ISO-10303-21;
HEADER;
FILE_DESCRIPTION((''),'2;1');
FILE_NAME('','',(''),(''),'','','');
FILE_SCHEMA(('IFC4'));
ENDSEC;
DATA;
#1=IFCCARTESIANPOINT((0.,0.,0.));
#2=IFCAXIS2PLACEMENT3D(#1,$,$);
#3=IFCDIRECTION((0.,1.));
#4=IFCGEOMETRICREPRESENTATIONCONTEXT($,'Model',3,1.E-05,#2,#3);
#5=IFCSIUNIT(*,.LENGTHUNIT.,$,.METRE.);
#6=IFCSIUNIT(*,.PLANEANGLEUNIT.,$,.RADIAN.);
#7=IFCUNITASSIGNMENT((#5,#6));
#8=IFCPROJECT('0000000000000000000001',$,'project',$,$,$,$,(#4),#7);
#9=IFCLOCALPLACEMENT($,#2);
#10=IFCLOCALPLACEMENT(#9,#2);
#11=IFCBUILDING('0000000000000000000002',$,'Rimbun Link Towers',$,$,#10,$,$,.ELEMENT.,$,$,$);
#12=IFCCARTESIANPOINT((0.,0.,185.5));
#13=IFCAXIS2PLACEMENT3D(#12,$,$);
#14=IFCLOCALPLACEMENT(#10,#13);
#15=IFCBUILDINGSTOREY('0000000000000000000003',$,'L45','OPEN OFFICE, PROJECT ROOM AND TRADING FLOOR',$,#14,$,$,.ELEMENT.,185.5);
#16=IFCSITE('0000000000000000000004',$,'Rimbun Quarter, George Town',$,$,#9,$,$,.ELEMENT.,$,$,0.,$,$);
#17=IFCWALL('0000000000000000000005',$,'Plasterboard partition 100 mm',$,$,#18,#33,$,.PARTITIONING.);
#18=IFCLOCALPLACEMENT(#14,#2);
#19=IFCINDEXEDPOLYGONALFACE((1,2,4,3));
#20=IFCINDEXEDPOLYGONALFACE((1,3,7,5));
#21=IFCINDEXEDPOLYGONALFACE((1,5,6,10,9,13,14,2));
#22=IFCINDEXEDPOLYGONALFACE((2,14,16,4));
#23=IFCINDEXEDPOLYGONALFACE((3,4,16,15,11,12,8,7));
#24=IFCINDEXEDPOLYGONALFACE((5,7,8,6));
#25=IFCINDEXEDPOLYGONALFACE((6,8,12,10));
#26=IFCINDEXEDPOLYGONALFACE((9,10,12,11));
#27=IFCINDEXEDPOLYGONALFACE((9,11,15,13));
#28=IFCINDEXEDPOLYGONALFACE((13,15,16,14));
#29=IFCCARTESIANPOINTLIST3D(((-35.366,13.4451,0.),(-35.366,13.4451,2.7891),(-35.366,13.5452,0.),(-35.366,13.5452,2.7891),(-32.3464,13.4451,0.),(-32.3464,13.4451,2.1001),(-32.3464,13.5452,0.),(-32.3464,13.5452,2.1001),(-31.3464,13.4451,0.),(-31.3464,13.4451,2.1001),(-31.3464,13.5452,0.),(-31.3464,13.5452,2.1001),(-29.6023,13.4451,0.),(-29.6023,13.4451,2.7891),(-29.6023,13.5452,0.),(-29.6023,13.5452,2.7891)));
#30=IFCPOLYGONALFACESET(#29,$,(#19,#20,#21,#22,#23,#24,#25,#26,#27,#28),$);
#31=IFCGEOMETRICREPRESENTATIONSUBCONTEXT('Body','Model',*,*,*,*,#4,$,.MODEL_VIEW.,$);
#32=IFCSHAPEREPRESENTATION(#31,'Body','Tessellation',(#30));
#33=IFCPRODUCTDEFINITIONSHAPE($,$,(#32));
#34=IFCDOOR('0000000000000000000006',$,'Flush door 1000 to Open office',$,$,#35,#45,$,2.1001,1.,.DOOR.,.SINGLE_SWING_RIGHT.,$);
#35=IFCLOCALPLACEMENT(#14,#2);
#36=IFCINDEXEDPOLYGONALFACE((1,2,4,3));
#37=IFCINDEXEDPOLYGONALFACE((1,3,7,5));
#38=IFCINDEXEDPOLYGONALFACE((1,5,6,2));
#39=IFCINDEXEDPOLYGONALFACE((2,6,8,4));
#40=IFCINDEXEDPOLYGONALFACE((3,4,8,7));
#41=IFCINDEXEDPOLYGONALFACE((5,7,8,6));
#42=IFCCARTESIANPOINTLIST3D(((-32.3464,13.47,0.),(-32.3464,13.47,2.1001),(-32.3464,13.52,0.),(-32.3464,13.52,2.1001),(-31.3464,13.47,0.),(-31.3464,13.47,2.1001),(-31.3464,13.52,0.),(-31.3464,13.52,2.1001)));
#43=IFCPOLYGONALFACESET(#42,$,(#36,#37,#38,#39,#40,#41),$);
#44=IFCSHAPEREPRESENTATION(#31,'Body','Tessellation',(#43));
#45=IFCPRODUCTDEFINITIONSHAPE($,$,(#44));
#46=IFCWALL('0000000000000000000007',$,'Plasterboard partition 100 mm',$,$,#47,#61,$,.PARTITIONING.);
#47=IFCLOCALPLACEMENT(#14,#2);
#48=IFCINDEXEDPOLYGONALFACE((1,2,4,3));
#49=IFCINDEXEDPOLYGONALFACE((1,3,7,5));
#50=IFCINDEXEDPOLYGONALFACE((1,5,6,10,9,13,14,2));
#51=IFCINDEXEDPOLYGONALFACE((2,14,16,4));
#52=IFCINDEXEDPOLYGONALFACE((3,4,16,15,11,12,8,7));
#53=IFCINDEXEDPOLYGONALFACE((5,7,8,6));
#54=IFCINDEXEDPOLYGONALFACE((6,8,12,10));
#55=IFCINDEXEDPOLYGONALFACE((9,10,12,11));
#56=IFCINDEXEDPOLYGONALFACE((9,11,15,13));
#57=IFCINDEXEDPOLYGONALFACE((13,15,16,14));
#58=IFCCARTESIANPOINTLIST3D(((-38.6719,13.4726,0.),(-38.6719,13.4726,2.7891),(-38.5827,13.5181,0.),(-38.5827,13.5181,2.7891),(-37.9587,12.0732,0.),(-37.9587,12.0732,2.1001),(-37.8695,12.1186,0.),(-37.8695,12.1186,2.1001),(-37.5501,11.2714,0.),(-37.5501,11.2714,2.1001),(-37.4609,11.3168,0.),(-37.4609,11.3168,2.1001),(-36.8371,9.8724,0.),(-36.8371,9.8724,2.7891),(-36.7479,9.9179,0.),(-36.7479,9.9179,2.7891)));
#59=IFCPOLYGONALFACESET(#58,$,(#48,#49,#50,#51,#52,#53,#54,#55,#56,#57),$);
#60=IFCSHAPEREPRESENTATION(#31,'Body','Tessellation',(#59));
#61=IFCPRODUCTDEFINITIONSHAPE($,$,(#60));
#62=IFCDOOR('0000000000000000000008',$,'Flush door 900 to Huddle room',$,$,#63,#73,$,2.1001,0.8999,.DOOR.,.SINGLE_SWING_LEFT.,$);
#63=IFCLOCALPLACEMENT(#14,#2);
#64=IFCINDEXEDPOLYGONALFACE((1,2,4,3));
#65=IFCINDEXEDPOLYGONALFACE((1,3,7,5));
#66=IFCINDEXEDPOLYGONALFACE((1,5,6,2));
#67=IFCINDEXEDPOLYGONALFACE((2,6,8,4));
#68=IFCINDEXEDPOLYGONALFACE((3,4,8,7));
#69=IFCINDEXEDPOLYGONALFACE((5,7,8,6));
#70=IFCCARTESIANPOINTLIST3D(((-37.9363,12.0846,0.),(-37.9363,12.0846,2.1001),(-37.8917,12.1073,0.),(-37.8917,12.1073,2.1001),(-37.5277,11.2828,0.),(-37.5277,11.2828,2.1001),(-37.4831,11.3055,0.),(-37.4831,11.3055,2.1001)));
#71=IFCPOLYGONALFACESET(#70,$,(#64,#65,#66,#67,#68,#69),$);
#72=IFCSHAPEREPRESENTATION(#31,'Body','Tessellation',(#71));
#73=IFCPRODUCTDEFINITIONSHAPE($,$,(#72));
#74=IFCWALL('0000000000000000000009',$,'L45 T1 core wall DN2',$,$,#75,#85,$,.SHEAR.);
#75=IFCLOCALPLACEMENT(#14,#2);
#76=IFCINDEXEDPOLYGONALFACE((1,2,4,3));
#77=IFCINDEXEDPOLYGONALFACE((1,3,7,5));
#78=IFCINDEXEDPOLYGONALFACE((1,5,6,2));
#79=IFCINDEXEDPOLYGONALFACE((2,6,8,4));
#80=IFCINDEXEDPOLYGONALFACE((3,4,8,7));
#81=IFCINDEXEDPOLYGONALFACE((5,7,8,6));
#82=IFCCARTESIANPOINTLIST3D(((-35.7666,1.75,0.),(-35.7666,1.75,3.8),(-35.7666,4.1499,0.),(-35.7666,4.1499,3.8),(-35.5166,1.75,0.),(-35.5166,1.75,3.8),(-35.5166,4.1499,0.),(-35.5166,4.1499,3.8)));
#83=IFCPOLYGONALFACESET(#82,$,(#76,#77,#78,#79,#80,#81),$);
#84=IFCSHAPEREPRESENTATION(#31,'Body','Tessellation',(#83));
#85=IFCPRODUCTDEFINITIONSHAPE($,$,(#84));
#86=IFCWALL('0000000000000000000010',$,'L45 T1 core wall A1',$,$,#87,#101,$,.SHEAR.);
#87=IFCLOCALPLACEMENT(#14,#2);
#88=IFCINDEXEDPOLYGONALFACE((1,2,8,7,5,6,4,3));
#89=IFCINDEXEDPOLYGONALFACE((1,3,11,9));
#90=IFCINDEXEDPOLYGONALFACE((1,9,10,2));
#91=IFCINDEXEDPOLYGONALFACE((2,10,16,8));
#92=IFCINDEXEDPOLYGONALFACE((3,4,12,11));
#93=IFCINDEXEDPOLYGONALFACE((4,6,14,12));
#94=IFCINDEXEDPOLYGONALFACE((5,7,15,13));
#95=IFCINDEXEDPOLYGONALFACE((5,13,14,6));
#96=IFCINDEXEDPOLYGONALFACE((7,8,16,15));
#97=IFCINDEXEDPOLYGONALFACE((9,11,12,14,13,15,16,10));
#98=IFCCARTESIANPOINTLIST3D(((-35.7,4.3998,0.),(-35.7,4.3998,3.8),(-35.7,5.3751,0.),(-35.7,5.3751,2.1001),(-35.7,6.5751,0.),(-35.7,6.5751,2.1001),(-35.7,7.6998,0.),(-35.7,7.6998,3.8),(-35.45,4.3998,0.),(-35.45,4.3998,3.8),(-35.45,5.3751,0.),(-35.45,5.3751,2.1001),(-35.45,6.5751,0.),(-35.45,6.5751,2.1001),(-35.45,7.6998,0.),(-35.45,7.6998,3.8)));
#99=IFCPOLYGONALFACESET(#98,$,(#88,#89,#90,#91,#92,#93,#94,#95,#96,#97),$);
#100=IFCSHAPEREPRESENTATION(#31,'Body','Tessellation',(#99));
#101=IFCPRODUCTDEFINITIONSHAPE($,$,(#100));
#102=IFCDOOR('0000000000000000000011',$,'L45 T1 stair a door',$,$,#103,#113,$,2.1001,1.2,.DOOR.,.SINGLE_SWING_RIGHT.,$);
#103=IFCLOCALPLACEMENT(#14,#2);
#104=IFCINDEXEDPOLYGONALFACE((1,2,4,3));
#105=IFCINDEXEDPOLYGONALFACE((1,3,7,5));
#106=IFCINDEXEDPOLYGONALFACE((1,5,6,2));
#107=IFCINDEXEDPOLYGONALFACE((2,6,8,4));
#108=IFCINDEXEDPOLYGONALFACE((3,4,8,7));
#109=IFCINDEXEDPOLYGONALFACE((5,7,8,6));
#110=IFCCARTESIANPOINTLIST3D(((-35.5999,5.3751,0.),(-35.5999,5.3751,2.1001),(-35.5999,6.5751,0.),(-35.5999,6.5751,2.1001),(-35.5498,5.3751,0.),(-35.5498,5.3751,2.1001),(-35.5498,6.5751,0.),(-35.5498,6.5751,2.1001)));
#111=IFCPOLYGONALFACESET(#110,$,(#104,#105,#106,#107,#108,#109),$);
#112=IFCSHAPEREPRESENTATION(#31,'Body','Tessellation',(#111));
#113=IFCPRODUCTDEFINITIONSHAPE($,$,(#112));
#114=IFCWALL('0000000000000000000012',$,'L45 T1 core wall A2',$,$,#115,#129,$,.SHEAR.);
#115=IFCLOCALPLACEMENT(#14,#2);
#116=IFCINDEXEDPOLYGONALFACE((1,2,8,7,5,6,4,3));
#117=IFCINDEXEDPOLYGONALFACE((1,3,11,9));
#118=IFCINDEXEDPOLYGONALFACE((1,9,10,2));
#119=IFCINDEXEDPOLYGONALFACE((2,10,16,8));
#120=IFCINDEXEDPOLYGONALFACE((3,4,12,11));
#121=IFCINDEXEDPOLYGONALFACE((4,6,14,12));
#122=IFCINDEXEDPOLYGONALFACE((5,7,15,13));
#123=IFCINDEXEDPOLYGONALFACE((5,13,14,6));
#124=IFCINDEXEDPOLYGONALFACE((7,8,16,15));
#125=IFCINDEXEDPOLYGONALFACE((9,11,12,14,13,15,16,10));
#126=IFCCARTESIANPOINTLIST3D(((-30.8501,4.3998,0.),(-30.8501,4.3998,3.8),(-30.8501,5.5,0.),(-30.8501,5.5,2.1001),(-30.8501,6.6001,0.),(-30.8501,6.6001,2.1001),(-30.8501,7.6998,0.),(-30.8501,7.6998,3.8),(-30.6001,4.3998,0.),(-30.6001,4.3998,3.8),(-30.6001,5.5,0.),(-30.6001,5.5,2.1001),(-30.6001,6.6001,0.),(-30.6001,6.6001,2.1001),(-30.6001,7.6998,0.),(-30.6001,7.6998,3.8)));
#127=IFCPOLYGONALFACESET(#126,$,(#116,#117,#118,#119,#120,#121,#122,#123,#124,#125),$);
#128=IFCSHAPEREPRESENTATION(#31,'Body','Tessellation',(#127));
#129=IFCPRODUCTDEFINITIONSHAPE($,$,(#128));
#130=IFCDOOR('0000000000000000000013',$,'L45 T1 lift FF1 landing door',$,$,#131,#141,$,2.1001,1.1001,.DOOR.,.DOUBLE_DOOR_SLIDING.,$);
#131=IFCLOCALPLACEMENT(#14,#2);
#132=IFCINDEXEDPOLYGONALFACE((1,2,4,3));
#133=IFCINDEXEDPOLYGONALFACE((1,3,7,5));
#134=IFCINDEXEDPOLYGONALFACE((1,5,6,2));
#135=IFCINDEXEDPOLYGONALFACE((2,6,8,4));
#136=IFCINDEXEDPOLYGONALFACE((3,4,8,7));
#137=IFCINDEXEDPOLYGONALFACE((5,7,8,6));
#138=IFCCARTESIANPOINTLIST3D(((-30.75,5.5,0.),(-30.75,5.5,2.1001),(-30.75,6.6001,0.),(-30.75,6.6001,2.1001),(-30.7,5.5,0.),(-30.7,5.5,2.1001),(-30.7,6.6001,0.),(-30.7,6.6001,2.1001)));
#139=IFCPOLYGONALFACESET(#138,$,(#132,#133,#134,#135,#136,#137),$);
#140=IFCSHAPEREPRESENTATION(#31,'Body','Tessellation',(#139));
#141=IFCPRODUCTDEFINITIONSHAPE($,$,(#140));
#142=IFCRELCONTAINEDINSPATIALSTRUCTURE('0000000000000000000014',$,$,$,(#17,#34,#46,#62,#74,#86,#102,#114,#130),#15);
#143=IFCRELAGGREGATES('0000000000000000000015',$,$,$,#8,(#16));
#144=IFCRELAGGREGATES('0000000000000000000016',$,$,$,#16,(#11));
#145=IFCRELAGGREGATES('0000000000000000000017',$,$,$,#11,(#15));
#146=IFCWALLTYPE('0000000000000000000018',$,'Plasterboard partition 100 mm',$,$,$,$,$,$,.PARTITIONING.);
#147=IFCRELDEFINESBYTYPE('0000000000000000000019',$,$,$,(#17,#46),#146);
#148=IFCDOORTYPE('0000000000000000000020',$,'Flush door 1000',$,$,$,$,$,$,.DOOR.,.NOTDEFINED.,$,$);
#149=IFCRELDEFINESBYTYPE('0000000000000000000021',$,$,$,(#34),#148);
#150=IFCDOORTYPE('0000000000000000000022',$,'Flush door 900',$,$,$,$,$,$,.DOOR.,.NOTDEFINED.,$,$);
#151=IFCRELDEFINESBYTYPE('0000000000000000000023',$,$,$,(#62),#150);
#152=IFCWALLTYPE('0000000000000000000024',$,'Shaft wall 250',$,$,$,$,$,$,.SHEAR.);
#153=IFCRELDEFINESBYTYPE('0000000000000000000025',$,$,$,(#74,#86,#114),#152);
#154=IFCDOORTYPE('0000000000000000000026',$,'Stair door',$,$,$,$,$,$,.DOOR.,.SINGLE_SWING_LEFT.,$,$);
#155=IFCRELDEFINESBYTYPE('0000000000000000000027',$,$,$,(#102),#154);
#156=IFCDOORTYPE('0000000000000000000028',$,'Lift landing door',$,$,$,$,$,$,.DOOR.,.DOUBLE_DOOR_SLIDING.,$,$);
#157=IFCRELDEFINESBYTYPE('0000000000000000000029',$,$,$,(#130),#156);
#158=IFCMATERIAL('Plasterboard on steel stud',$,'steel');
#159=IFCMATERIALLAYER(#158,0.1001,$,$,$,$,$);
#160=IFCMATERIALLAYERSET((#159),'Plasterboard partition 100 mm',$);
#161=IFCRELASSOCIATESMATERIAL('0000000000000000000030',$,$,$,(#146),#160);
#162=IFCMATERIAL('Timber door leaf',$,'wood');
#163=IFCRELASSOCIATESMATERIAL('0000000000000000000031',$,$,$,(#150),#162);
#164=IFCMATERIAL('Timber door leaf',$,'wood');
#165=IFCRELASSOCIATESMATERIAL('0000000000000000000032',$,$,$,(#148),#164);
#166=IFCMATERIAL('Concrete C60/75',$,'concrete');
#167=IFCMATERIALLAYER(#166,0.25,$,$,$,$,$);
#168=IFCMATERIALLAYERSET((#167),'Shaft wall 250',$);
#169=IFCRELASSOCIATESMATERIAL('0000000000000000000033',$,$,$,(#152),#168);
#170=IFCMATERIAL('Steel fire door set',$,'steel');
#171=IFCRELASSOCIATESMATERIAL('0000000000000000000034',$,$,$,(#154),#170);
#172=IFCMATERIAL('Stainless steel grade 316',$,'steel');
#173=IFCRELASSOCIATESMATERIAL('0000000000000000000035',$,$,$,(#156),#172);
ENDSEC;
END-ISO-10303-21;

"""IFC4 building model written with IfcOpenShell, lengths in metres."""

from ifc_helpers import new_model, si_unit, direction, frame, frame_2d, origin, place, context, subcontext, project, spatial, rectangle, extrude, material, layer, layer_set, type_object, element, fill, save


model = new_model("IFC4")

# Units and contexts
model_context = context("Model", 3, precision=1e-05, world=origin(), true_north=direction((0.0, 1.0)))
body_context = subcontext(model_context, "Body", "Model", "MODEL_VIEW")
ifc_project = project(units=[si_unit("LENGTHUNIT", "METRE"), si_unit("PLANEANGLEUNIT", "RADIAN")], contexts=[model_context])

# Site, building, storey
site_placement = place(None, origin())
site = spatial("IfcSite", under=ifc_project, at=site_placement, Name="Rimbun Quarter, George Town", CompositionType="ELEMENT", RefElevation=0.0)
building_placement = place(site_placement, origin())
building = spatial("IfcBuilding", under=site, at=building_placement, Name="Rimbun Link Towers", CompositionType="ELEMENT")
storey_placement = place(building_placement, frame((0.0, 0.0, 185.5)))
storey = spatial("IfcBuildingStorey", under=building, at=storey_placement, Name="L45", Description="OPEN OFFICE, PROJECT ROOM AND TRADING FLOOR", CompositionType="ELEMENT", Elevation=185.5)

# Walls, openings, doors
ifc_material_1 = material(Name="Plasterboard on steel stud", Category="steel")
ifc_layer_1 = layer(ifc_material_1, 0.1001)
ifc_layer_set_1 = layer_set([ifc_layer_1], Name="Plasterboard partition 100 mm")
wall_type_1 = type_object("IfcWallType", Name="Plasterboard partition 100 mm", PredefinedType="PARTITIONING", material=ifc_layer_set_1)
ifc_material_2 = material(Name="Timber door leaf", Category="wood")
door_type_1 = type_object("IfcDoorType", Name="Flush door 900", OperationType="NOTDEFINED", PredefinedType="DOOR", material=ifc_material_2)
wall_1_placement = place(storey_placement, frame((-35.366, 13.4951, 0.0), z_axis=(0.0, 0.0, 1.0), x_axis=(1.0, 0.0, 0.0)))
wall_1 = element("IfcWall", 1, at=wall_1_placement, inside=storey, type_object=wall_type_1, Name="Plasterboard partition 100 mm", PredefinedType="PARTITIONING", context=body_context, shape_type="SweptSolid", body=[
    extrude(rectangle(XDim=5.7637, YDim=0.1001, at=frame_2d((2.8818, 0.0))), origin(), (0.0, 0.0, 1.0), 2.7891),
])
opening_1_placement = place(wall_1_placement, frame((3.0195, 0.0, 0.0)))
opening_1 = element("IfcOpeningElement", 2, at=opening_1_placement, cuts=wall_1, PredefinedType="OPENING", context=body_context, shape_type="SweptSolid", body=[
    extrude(rectangle(XDim=1.0, YDim=2.1001, at=frame_2d((0.5, 1.05))), frame((0.0, 0.0601, 0.0), z_axis=(0.0, -1.0, 0.0), x_axis=(1.0, 0.0, 0.0)), (0.0, 0.0, 1.0), 0.1201),
])
ifc_material_3 = material(Name="Timber door leaf", Category="wood")
door_type_2 = type_object("IfcDoorType", Name="Flush door 1000", OperationType="NOTDEFINED", PredefinedType="DOOR", material=ifc_material_3)
door_1_placement = place(opening_1_placement, origin())
door_1 = element("IfcDoor", 3, at=door_1_placement, inside=storey, type_object=door_type_2, Name="Flush door 1000 to Open office", OperationType="SINGLE_SWING_RIGHT", OverallHeight=2.1001, OverallWidth=1.0, PredefinedType="DOOR", context=body_context, shape_type="SweptSolid", body=[
    extrude(rectangle(XDim=1.0, YDim=2.1001, at=frame_2d((0.5, 1.05))), frame((0.0, 0.0249, 0.0), z_axis=(0.0, -1.0, 0.0), x_axis=(1.0, 0.0, 0.0)), (0.0, 0.0, 1.0), 0.05),
])
fill(opening_1, door_1)
wall_2_placement = place(storey_placement, frame((-36.7925, 9.895, 0.0), z_axis=(0.0, 0.0, 1.0), x_axis=(-0.454064, 0.890969, 0.0)))
wall_2 = element("IfcWall", 4, at=wall_2_placement, inside=storey, type_object=wall_type_1, Name="Plasterboard partition 100 mm", PredefinedType="PARTITIONING", context=body_context, shape_type="SweptSolid", body=[
    extrude(rectangle(XDim=4.0408, YDim=0.1001, at=frame_2d((2.0205, 0.0))), origin(), (0.0, 0.0, 1.0), 2.7891),
])
opening_2_placement = place(wall_2_placement, frame((1.5703, 0.0, 0.0)))
opening_2 = element("IfcOpeningElement", 5, at=opening_2_placement, cuts=wall_2, PredefinedType="OPENING", context=body_context, shape_type="SweptSolid", body=[
    extrude(rectangle(XDim=0.8999, YDim=2.1001, at=frame_2d((0.45, 1.05))), frame((0.0, 0.0601, 0.0), z_axis=(0.0, -1.0, 0.0), x_axis=(1.0, 0.0, 0.0)), (0.0, 0.0, 1.0), 0.1201),
])
door_2_placement = place(opening_2_placement, origin())
door_2 = element("IfcDoor", 6, at=door_2_placement, inside=storey, type_object=door_type_1, Name="Flush door 900 to Huddle room", OperationType="SINGLE_SWING_LEFT", OverallHeight=2.1001, OverallWidth=0.8999, PredefinedType="DOOR", context=body_context, shape_type="SweptSolid", body=[
    extrude(rectangle(XDim=0.8999, YDim=2.1001, at=frame_2d((0.45, 1.05))), frame((0.0, 0.0249, 0.0), z_axis=(0.0, -1.0, 0.0), x_axis=(1.0, 0.0, 0.0)), (0.0, 0.0, 1.0), 0.05),
])
fill(opening_2, door_2)

# Wall
ifc_material_4 = material(Name="Concrete C60/75", Category="concrete")
ifc_layer_2 = layer(ifc_material_4, 0.25)
ifc_layer_set_2 = layer_set([ifc_layer_2], Name="Shaft wall 250")
wall_type_2 = type_object("IfcWallType", Name="Shaft wall 250", PredefinedType="SHEAR", material=ifc_layer_set_2)
wall_3_placement = place(storey_placement, frame((-35.6416, 1.75, 0.0), z_axis=(0.0, 0.0, 1.0), x_axis=(0.0, 1.0, 0.0)))
element("IfcWall", 7, at=wall_3_placement, inside=storey, type_object=wall_type_2, Name="L45 T1 core wall DN2", PredefinedType="SHEAR", context=body_context, shape_type="SweptSolid", body=[
    extrude(rectangle(XDim=2.3999, YDim=0.25, at=frame_2d((1.2, 0.0))), origin(), (0.0, 0.0, 1.0), 3.8),
])

# Walls, openings, doors
wall_4_placement = place(storey_placement, frame((-35.575, 4.3999, 0.0), z_axis=(0.0, 0.0, 1.0), x_axis=(0.0, 1.0, 0.0)))
wall_4 = element("IfcWall", 8, at=wall_4_placement, inside=storey, type_object=wall_type_2, Name="L45 T1 core wall A1", PredefinedType="SHEAR", context=body_context, shape_type="SweptSolid", body=[
    extrude(rectangle(XDim=3.3, YDim=0.25, at=frame_2d((1.6499, 0.0))), origin(), (0.0, 0.0, 1.0), 3.8),
])
opening_3_placement = place(wall_4_placement, frame((0.9751, 0.0, 0.0)))
opening_3 = element("IfcOpeningElement", 9, at=opening_3_placement, cuts=wall_4, PredefinedType="OPENING", context=body_context, shape_type="SweptSolid", body=[
    extrude(rectangle(XDim=1.2, YDim=2.1001, at=frame_2d((0.6001, 1.05))), frame((0.0, 0.135, 0.0), z_axis=(0.0, -1.0, 0.0), x_axis=(1.0, 0.0, 0.0)), (0.0, 0.0, 1.0), 0.27),
])
ifc_material_5 = material(Name="Steel fire door set", Category="steel")
door_type_3 = type_object("IfcDoorType", Name="Stair door", OperationType="SINGLE_SWING_LEFT", PredefinedType="DOOR", material=ifc_material_5)
door_3_placement = place(opening_3_placement, origin())
door_3 = element("IfcDoor", 10, at=door_3_placement, inside=storey, type_object=door_type_3, Name="L45 T1 stair a door", OperationType="SINGLE_SWING_RIGHT", OverallHeight=2.1001, OverallWidth=1.2, PredefinedType="DOOR", context=body_context, shape_type="SweptSolid", body=[
    extrude(rectangle(XDim=1.2, YDim=2.1001, at=frame_2d((0.6001, 1.05))), frame((0.0, 0.0249, 0.0), z_axis=(0.0, -1.0, 0.0), x_axis=(1.0, 0.0, 0.0)), (0.0, 0.0, 1.0), 0.05),
])
fill(opening_3, door_3)
wall_5_placement = place(storey_placement, frame((-30.7251, 4.3999, 0.0), z_axis=(0.0, 0.0, 1.0), x_axis=(0.0, 1.0, 0.0)))
wall_5 = element("IfcWall", 11, at=wall_5_placement, inside=storey, type_object=wall_type_2, Name="L45 T1 core wall A2", PredefinedType="SHEAR", context=body_context, shape_type="SweptSolid", body=[
    extrude(rectangle(XDim=3.3, YDim=0.25, at=frame_2d((1.6499, 0.0))), origin(), (0.0, 0.0, 1.0), 3.8),
])
opening_4_placement = place(wall_5_placement, frame((1.1001, 0.0, 0.0)))
opening_4 = element("IfcOpeningElement", 12, at=opening_4_placement, cuts=wall_5, PredefinedType="OPENING", context=body_context, shape_type="SweptSolid", body=[
    extrude(rectangle(XDim=1.1001, YDim=2.1001, at=frame_2d((0.55, 1.05))), frame((0.0, 0.135, 0.0), z_axis=(0.0, -1.0, 0.0), x_axis=(1.0, 0.0, 0.0)), (0.0, 0.0, 1.0), 0.27),
])
ifc_material_6 = material(Name="Stainless steel grade 316", Category="steel")
door_type_4 = type_object("IfcDoorType", Name="Lift landing door", OperationType="DOUBLE_DOOR_SLIDING", PredefinedType="DOOR", material=ifc_material_6)
door_4_placement = place(opening_4_placement, origin())
door_4 = element("IfcDoor", 13, at=door_4_placement, inside=storey, type_object=door_type_4, Name="L45 T1 lift FF1 landing door", OperationType="DOUBLE_DOOR_SLIDING", OverallHeight=2.1001, OverallWidth=1.1001, PredefinedType="DOOR", context=body_context, shape_type="SweptSolid", body=[
    extrude(rectangle(XDim=1.1001, YDim=2.1001, at=frame_2d((0.55, 1.05))), frame((0.0, 0.0249, 0.0), z_axis=(0.0, -1.0, 0.0), x_axis=(1.0, 0.0, 0.0)), (0.0, 0.0, 1.0), 0.05),
])
fill(opening_4, door_4)

save(model, "model.ifc")
